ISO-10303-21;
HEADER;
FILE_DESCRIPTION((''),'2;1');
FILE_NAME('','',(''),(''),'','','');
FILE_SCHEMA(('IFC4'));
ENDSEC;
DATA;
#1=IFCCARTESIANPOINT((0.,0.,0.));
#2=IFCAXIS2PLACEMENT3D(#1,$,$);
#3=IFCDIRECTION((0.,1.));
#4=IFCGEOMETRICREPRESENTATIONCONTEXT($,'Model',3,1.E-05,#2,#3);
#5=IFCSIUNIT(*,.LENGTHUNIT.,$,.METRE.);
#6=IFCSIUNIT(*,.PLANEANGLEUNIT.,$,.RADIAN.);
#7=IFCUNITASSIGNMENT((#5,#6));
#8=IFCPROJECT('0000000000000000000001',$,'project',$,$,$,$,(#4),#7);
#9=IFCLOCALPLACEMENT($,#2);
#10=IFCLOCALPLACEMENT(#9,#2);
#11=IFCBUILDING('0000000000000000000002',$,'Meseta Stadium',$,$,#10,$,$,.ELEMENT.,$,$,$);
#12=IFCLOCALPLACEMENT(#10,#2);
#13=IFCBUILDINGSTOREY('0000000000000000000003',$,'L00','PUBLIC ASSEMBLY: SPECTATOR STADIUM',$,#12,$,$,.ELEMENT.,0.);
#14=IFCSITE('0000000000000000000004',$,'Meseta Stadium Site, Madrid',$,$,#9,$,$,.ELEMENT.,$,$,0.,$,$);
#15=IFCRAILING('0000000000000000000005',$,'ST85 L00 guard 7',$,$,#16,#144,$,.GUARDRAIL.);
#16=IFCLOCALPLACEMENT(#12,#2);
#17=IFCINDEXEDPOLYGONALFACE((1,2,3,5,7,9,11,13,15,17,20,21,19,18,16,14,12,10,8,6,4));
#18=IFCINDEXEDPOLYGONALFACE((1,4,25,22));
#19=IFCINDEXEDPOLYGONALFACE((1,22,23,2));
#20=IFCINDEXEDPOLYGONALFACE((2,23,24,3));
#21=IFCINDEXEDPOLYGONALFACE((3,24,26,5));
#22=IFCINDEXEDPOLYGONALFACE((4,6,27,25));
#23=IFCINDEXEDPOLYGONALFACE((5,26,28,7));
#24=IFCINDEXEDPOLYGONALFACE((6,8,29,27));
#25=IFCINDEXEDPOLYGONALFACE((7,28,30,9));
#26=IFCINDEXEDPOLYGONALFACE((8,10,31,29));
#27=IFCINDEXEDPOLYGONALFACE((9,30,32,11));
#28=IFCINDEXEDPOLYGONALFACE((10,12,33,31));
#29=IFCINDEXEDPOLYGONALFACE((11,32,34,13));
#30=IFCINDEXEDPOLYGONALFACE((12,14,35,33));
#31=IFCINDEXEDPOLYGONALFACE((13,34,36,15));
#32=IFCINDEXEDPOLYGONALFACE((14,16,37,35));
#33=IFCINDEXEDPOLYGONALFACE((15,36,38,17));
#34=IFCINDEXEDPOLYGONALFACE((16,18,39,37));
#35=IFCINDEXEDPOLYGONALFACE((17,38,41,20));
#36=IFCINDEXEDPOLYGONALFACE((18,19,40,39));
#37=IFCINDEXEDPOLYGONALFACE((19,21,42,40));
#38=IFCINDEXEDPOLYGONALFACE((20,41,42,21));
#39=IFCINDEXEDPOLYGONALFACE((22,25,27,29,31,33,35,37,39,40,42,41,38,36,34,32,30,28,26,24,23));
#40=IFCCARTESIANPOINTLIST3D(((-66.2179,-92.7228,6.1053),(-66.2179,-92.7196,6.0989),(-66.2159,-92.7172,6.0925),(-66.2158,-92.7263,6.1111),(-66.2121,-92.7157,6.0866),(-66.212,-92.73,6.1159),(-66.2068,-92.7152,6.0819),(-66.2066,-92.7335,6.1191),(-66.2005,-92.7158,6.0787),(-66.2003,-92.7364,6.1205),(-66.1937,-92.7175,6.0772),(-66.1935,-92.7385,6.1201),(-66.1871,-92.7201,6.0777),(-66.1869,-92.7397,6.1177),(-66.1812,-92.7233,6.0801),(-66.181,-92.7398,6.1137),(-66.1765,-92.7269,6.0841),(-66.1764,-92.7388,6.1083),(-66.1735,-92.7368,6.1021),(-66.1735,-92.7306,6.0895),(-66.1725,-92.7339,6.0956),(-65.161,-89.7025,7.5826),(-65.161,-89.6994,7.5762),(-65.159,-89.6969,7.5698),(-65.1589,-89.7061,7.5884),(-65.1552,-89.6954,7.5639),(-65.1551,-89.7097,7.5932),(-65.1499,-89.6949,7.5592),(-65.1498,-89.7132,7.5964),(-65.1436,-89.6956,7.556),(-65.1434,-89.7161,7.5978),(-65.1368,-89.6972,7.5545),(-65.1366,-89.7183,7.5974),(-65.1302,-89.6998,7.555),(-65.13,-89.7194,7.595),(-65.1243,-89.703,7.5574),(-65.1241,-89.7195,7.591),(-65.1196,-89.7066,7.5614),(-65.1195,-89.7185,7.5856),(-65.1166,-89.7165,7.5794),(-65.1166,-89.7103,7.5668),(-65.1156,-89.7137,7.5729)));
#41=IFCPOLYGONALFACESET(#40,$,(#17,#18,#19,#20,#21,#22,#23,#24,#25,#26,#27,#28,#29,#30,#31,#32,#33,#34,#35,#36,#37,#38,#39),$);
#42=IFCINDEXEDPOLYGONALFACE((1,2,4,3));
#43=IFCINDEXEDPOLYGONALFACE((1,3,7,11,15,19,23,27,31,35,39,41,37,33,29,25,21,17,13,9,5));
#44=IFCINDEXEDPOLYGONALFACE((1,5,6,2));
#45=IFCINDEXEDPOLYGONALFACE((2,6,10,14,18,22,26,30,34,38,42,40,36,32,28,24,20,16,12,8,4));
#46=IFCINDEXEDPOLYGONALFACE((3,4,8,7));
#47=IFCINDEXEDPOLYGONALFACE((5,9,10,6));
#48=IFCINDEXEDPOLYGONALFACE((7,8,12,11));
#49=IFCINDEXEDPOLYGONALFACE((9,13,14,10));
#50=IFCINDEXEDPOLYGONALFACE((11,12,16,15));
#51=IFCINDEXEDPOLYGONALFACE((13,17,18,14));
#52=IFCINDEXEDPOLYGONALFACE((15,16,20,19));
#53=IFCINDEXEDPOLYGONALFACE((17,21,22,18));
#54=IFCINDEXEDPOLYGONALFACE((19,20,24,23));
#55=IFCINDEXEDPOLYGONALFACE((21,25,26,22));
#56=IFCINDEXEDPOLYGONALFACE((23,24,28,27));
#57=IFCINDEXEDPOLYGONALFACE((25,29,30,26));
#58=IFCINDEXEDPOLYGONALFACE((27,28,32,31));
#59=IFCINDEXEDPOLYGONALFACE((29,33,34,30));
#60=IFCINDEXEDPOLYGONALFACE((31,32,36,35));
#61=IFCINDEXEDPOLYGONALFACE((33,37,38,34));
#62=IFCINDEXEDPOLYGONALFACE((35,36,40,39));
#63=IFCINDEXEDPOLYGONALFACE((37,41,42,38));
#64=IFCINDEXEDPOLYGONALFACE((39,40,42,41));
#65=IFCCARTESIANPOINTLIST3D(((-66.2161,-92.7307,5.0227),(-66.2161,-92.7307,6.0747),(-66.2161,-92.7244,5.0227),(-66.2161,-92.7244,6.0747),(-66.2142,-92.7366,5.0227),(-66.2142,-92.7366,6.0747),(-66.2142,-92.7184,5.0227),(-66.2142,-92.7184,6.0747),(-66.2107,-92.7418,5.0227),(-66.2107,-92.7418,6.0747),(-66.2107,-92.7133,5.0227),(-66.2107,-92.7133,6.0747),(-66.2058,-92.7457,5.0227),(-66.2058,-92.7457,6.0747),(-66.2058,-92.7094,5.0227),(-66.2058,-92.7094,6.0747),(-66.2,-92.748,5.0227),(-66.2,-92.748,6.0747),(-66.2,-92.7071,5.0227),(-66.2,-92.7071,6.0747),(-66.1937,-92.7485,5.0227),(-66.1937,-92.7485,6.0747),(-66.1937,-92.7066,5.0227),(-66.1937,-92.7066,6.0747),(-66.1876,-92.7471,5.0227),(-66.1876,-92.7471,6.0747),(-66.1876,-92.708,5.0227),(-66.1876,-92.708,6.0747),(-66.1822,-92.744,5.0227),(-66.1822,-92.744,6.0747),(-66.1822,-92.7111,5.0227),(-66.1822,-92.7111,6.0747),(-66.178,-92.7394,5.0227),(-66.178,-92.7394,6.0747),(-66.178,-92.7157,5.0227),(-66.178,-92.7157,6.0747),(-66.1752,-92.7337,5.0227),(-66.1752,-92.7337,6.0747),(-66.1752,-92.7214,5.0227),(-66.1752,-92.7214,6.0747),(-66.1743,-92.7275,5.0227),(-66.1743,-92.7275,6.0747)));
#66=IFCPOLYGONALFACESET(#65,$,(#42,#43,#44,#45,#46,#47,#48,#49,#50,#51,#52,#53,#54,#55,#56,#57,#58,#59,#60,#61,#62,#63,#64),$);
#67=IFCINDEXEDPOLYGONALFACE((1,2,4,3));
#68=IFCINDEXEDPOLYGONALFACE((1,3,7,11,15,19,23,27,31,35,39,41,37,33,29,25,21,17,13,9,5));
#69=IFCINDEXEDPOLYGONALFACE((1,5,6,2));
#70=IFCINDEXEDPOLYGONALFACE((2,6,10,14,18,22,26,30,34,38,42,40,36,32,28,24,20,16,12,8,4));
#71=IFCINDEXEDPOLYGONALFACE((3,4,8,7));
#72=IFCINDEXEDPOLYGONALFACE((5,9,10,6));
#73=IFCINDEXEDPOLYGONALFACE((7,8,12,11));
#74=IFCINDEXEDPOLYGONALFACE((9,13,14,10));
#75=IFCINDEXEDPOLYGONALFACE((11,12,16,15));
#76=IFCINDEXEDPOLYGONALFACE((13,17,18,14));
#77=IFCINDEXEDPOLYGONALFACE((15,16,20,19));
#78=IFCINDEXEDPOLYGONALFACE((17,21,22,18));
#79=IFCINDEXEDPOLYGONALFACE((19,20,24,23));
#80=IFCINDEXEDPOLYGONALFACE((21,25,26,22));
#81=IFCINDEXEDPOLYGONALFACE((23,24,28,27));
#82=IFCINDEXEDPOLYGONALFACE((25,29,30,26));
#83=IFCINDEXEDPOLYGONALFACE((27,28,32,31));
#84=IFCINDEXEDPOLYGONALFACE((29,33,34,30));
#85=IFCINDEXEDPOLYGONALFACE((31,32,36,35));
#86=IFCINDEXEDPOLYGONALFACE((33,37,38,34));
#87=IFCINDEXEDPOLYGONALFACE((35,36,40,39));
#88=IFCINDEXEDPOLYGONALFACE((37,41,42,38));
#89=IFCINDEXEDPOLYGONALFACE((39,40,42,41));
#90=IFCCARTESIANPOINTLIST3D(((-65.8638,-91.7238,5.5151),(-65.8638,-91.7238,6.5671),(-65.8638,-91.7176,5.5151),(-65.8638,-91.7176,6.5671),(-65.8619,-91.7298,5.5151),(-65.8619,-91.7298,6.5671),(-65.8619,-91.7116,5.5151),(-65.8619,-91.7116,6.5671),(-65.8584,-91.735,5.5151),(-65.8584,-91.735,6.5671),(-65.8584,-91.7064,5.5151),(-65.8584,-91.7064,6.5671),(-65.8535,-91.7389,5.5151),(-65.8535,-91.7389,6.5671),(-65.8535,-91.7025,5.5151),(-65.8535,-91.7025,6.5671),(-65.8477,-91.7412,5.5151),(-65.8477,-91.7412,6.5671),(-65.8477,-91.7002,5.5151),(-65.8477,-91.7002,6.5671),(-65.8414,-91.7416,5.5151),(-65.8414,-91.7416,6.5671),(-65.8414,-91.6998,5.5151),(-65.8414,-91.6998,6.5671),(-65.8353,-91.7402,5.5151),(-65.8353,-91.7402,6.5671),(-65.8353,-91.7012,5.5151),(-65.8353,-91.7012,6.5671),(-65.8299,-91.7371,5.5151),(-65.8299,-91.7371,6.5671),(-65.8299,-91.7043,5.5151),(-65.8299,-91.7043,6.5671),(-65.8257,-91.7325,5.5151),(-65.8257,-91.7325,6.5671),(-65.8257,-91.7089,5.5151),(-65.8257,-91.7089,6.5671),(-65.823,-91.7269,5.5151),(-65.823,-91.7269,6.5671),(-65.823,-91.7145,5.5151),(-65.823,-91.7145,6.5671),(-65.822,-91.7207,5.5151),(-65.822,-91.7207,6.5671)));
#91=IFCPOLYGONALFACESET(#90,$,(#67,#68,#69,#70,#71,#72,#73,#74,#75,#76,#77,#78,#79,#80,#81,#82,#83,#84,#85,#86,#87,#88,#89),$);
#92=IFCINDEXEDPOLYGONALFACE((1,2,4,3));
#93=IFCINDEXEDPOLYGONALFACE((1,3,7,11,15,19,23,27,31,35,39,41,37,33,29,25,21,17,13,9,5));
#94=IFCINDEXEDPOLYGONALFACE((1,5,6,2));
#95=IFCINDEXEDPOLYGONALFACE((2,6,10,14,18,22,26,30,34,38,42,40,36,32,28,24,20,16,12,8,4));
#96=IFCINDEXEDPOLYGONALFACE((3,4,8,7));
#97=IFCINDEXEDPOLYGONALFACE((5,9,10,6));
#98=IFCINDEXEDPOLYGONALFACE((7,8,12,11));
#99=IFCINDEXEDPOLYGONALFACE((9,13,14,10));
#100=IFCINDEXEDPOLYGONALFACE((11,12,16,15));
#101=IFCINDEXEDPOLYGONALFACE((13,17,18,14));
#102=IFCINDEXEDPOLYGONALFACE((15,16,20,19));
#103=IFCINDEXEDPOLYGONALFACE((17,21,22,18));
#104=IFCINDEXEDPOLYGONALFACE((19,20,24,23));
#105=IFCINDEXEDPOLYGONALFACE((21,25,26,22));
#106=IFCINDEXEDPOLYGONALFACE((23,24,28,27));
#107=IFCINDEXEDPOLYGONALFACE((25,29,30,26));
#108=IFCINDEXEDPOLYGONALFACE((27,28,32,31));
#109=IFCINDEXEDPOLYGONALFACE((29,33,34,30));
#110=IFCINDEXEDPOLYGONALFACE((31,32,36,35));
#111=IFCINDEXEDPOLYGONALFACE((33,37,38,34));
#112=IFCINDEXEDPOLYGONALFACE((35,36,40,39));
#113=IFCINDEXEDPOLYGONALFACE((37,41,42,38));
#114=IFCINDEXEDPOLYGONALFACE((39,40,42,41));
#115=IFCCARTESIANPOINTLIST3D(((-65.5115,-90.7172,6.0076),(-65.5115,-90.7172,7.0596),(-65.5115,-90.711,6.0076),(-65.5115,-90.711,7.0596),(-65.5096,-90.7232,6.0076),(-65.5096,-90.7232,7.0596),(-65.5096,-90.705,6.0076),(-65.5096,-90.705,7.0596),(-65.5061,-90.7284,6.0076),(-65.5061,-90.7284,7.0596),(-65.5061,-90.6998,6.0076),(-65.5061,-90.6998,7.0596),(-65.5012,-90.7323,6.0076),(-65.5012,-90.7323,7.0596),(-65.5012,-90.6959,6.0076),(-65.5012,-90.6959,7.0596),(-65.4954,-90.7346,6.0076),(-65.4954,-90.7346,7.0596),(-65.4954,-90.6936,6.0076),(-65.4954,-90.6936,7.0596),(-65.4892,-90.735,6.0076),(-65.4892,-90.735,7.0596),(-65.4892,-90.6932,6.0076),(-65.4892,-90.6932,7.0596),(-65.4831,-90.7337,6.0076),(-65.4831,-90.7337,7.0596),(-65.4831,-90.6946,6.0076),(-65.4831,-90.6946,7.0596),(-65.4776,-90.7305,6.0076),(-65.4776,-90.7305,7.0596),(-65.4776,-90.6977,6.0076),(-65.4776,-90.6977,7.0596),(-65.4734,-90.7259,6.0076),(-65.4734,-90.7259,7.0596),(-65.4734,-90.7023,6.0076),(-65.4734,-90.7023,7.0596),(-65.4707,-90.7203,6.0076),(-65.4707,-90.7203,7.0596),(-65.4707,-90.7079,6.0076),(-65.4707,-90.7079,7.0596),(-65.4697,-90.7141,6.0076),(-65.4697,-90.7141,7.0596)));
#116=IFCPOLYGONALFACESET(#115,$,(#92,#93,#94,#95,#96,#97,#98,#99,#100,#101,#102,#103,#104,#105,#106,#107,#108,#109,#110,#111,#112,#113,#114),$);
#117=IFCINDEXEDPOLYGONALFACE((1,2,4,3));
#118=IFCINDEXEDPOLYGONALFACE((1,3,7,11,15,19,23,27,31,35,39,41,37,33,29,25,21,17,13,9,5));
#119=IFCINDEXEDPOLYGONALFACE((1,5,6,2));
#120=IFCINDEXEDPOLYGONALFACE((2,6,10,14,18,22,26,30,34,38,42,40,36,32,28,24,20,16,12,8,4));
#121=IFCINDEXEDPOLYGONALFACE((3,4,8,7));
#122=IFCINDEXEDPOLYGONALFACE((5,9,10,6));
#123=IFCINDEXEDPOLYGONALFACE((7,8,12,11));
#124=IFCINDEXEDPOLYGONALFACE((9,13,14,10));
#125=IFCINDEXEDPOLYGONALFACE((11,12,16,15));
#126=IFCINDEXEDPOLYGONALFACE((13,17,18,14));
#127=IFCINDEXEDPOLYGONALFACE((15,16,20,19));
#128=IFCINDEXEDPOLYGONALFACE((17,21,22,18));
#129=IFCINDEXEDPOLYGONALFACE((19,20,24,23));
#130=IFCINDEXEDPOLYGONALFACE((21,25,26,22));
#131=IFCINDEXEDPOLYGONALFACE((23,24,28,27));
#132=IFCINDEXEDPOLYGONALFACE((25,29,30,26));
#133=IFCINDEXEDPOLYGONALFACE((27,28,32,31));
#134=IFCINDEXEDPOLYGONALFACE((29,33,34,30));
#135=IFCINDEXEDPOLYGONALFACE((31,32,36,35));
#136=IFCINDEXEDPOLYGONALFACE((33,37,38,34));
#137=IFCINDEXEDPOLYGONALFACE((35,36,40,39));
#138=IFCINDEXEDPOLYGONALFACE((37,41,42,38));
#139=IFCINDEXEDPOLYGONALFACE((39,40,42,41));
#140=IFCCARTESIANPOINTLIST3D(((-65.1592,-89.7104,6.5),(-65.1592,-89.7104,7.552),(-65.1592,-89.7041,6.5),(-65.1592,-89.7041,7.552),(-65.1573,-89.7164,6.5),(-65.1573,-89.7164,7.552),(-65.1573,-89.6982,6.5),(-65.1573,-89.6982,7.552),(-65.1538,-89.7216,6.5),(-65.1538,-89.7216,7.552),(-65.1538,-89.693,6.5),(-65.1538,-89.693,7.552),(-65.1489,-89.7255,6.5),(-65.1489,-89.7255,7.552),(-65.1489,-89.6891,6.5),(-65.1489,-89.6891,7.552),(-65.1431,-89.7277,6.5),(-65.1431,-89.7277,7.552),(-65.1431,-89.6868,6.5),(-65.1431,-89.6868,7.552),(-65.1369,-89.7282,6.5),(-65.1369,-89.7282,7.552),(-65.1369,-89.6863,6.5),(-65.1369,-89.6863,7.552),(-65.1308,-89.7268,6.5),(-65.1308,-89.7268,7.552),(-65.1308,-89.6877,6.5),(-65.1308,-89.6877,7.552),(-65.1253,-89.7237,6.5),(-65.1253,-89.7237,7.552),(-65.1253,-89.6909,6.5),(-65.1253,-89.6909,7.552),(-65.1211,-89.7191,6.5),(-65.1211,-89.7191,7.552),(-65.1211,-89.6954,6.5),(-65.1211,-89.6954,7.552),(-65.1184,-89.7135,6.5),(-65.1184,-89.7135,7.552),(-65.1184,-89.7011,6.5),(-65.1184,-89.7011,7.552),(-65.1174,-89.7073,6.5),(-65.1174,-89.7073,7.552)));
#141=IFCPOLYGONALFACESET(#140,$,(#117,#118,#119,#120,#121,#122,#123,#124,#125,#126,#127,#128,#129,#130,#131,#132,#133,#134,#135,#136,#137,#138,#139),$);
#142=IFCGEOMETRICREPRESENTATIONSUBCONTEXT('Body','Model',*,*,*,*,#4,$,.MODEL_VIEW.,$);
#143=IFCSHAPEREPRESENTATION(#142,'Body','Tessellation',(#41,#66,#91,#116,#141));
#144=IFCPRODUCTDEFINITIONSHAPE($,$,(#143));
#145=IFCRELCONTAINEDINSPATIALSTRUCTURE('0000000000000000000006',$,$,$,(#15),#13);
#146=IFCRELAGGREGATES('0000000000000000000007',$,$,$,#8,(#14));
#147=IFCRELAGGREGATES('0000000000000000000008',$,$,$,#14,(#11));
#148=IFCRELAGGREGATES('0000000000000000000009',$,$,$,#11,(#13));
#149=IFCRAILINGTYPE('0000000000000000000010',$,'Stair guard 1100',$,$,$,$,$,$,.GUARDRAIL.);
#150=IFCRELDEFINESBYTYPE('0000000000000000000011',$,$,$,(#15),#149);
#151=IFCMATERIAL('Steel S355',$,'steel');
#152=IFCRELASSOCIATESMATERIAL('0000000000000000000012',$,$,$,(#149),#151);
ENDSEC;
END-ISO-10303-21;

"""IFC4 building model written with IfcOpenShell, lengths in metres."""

from ifc_helpers import new_model, si_unit, direction, frame, origin, origin_2d, place, context, subcontext, project, spatial, circle, extrude, material, type_object, element, save


model = new_model("IFC4")

# Units and contexts
model_context = context("Model", 3, precision=1e-05, world=origin(), true_north=direction((0.0, 1.0)))
body_context = subcontext(model_context, "Body", "Model", "MODEL_VIEW")
ifc_project = project(units=[si_unit("LENGTHUNIT", "METRE"), si_unit("PLANEANGLEUNIT", "RADIAN")], contexts=[model_context])

# Site, building, storey
site_placement = place(None, origin())
site = spatial("IfcSite", under=ifc_project, at=site_placement, Name="Meseta Stadium Site, Madrid", CompositionType="ELEMENT", RefElevation=0.0)
building_placement = place(site_placement, origin())
building = spatial("IfcBuilding", under=site, at=building_placement, Name="Meseta Stadium", CompositionType="ELEMENT")
storey_placement = place(building_placement, origin())
storey = spatial("IfcBuildingStorey", under=building, at=storey_placement, Name="L00", Description="PUBLIC ASSEMBLY: SPECTATOR STADIUM", CompositionType="ELEMENT", Elevation=0.0)

# Railing
ifc_material_1 = material(Name="Steel S355", Category="steel")
railing_type_1 = type_object("IfcRailingType", Name="Stair guard 1100", PredefinedType="GUARDRAIL", material=ifc_material_1)
railing_1_placement = place(storey_placement, frame((-66.1953, -92.7275, 5.0227)))
element("IfcRailing", 1, at=railing_1_placement, inside=storey, type_object=railing_type_1, Name="ST85 L00 guard 7", PredefinedType="GUARDRAIL", context=body_context, shape_type="SweptSolid", body=[
    extrude(circle(Radius=0.0239, at=origin_2d()), frame((0.0, 0.0, 1.0762), z_axis=(0.299876, 0.856958, 0.419162), x_axis=(-0.943879, 0.330293, 0.0)), (0.0, 0.0, 1.0), 3.5244),
    extrude(circle(Radius=0.021, at=origin_2d()), origin(), (0.0, 0.0, 1.0), 1.052),
    extrude(circle(Radius=0.021, at=origin_2d()), frame((0.3523, 1.0068, 0.4924)), (0.0, 0.0, 1.0), 1.052),
    extrude(circle(Radius=0.021, at=origin_2d()), frame((0.7046, 2.0134, 0.9849)), (0.0, 0.0, 1.0), 1.052),
    extrude(circle(Radius=0.021, at=origin_2d()), frame((1.0569, 3.0203, 1.4773)), (0.0, 0.0, 1.0), 1.052),
])

save(model, "model.ifc")
